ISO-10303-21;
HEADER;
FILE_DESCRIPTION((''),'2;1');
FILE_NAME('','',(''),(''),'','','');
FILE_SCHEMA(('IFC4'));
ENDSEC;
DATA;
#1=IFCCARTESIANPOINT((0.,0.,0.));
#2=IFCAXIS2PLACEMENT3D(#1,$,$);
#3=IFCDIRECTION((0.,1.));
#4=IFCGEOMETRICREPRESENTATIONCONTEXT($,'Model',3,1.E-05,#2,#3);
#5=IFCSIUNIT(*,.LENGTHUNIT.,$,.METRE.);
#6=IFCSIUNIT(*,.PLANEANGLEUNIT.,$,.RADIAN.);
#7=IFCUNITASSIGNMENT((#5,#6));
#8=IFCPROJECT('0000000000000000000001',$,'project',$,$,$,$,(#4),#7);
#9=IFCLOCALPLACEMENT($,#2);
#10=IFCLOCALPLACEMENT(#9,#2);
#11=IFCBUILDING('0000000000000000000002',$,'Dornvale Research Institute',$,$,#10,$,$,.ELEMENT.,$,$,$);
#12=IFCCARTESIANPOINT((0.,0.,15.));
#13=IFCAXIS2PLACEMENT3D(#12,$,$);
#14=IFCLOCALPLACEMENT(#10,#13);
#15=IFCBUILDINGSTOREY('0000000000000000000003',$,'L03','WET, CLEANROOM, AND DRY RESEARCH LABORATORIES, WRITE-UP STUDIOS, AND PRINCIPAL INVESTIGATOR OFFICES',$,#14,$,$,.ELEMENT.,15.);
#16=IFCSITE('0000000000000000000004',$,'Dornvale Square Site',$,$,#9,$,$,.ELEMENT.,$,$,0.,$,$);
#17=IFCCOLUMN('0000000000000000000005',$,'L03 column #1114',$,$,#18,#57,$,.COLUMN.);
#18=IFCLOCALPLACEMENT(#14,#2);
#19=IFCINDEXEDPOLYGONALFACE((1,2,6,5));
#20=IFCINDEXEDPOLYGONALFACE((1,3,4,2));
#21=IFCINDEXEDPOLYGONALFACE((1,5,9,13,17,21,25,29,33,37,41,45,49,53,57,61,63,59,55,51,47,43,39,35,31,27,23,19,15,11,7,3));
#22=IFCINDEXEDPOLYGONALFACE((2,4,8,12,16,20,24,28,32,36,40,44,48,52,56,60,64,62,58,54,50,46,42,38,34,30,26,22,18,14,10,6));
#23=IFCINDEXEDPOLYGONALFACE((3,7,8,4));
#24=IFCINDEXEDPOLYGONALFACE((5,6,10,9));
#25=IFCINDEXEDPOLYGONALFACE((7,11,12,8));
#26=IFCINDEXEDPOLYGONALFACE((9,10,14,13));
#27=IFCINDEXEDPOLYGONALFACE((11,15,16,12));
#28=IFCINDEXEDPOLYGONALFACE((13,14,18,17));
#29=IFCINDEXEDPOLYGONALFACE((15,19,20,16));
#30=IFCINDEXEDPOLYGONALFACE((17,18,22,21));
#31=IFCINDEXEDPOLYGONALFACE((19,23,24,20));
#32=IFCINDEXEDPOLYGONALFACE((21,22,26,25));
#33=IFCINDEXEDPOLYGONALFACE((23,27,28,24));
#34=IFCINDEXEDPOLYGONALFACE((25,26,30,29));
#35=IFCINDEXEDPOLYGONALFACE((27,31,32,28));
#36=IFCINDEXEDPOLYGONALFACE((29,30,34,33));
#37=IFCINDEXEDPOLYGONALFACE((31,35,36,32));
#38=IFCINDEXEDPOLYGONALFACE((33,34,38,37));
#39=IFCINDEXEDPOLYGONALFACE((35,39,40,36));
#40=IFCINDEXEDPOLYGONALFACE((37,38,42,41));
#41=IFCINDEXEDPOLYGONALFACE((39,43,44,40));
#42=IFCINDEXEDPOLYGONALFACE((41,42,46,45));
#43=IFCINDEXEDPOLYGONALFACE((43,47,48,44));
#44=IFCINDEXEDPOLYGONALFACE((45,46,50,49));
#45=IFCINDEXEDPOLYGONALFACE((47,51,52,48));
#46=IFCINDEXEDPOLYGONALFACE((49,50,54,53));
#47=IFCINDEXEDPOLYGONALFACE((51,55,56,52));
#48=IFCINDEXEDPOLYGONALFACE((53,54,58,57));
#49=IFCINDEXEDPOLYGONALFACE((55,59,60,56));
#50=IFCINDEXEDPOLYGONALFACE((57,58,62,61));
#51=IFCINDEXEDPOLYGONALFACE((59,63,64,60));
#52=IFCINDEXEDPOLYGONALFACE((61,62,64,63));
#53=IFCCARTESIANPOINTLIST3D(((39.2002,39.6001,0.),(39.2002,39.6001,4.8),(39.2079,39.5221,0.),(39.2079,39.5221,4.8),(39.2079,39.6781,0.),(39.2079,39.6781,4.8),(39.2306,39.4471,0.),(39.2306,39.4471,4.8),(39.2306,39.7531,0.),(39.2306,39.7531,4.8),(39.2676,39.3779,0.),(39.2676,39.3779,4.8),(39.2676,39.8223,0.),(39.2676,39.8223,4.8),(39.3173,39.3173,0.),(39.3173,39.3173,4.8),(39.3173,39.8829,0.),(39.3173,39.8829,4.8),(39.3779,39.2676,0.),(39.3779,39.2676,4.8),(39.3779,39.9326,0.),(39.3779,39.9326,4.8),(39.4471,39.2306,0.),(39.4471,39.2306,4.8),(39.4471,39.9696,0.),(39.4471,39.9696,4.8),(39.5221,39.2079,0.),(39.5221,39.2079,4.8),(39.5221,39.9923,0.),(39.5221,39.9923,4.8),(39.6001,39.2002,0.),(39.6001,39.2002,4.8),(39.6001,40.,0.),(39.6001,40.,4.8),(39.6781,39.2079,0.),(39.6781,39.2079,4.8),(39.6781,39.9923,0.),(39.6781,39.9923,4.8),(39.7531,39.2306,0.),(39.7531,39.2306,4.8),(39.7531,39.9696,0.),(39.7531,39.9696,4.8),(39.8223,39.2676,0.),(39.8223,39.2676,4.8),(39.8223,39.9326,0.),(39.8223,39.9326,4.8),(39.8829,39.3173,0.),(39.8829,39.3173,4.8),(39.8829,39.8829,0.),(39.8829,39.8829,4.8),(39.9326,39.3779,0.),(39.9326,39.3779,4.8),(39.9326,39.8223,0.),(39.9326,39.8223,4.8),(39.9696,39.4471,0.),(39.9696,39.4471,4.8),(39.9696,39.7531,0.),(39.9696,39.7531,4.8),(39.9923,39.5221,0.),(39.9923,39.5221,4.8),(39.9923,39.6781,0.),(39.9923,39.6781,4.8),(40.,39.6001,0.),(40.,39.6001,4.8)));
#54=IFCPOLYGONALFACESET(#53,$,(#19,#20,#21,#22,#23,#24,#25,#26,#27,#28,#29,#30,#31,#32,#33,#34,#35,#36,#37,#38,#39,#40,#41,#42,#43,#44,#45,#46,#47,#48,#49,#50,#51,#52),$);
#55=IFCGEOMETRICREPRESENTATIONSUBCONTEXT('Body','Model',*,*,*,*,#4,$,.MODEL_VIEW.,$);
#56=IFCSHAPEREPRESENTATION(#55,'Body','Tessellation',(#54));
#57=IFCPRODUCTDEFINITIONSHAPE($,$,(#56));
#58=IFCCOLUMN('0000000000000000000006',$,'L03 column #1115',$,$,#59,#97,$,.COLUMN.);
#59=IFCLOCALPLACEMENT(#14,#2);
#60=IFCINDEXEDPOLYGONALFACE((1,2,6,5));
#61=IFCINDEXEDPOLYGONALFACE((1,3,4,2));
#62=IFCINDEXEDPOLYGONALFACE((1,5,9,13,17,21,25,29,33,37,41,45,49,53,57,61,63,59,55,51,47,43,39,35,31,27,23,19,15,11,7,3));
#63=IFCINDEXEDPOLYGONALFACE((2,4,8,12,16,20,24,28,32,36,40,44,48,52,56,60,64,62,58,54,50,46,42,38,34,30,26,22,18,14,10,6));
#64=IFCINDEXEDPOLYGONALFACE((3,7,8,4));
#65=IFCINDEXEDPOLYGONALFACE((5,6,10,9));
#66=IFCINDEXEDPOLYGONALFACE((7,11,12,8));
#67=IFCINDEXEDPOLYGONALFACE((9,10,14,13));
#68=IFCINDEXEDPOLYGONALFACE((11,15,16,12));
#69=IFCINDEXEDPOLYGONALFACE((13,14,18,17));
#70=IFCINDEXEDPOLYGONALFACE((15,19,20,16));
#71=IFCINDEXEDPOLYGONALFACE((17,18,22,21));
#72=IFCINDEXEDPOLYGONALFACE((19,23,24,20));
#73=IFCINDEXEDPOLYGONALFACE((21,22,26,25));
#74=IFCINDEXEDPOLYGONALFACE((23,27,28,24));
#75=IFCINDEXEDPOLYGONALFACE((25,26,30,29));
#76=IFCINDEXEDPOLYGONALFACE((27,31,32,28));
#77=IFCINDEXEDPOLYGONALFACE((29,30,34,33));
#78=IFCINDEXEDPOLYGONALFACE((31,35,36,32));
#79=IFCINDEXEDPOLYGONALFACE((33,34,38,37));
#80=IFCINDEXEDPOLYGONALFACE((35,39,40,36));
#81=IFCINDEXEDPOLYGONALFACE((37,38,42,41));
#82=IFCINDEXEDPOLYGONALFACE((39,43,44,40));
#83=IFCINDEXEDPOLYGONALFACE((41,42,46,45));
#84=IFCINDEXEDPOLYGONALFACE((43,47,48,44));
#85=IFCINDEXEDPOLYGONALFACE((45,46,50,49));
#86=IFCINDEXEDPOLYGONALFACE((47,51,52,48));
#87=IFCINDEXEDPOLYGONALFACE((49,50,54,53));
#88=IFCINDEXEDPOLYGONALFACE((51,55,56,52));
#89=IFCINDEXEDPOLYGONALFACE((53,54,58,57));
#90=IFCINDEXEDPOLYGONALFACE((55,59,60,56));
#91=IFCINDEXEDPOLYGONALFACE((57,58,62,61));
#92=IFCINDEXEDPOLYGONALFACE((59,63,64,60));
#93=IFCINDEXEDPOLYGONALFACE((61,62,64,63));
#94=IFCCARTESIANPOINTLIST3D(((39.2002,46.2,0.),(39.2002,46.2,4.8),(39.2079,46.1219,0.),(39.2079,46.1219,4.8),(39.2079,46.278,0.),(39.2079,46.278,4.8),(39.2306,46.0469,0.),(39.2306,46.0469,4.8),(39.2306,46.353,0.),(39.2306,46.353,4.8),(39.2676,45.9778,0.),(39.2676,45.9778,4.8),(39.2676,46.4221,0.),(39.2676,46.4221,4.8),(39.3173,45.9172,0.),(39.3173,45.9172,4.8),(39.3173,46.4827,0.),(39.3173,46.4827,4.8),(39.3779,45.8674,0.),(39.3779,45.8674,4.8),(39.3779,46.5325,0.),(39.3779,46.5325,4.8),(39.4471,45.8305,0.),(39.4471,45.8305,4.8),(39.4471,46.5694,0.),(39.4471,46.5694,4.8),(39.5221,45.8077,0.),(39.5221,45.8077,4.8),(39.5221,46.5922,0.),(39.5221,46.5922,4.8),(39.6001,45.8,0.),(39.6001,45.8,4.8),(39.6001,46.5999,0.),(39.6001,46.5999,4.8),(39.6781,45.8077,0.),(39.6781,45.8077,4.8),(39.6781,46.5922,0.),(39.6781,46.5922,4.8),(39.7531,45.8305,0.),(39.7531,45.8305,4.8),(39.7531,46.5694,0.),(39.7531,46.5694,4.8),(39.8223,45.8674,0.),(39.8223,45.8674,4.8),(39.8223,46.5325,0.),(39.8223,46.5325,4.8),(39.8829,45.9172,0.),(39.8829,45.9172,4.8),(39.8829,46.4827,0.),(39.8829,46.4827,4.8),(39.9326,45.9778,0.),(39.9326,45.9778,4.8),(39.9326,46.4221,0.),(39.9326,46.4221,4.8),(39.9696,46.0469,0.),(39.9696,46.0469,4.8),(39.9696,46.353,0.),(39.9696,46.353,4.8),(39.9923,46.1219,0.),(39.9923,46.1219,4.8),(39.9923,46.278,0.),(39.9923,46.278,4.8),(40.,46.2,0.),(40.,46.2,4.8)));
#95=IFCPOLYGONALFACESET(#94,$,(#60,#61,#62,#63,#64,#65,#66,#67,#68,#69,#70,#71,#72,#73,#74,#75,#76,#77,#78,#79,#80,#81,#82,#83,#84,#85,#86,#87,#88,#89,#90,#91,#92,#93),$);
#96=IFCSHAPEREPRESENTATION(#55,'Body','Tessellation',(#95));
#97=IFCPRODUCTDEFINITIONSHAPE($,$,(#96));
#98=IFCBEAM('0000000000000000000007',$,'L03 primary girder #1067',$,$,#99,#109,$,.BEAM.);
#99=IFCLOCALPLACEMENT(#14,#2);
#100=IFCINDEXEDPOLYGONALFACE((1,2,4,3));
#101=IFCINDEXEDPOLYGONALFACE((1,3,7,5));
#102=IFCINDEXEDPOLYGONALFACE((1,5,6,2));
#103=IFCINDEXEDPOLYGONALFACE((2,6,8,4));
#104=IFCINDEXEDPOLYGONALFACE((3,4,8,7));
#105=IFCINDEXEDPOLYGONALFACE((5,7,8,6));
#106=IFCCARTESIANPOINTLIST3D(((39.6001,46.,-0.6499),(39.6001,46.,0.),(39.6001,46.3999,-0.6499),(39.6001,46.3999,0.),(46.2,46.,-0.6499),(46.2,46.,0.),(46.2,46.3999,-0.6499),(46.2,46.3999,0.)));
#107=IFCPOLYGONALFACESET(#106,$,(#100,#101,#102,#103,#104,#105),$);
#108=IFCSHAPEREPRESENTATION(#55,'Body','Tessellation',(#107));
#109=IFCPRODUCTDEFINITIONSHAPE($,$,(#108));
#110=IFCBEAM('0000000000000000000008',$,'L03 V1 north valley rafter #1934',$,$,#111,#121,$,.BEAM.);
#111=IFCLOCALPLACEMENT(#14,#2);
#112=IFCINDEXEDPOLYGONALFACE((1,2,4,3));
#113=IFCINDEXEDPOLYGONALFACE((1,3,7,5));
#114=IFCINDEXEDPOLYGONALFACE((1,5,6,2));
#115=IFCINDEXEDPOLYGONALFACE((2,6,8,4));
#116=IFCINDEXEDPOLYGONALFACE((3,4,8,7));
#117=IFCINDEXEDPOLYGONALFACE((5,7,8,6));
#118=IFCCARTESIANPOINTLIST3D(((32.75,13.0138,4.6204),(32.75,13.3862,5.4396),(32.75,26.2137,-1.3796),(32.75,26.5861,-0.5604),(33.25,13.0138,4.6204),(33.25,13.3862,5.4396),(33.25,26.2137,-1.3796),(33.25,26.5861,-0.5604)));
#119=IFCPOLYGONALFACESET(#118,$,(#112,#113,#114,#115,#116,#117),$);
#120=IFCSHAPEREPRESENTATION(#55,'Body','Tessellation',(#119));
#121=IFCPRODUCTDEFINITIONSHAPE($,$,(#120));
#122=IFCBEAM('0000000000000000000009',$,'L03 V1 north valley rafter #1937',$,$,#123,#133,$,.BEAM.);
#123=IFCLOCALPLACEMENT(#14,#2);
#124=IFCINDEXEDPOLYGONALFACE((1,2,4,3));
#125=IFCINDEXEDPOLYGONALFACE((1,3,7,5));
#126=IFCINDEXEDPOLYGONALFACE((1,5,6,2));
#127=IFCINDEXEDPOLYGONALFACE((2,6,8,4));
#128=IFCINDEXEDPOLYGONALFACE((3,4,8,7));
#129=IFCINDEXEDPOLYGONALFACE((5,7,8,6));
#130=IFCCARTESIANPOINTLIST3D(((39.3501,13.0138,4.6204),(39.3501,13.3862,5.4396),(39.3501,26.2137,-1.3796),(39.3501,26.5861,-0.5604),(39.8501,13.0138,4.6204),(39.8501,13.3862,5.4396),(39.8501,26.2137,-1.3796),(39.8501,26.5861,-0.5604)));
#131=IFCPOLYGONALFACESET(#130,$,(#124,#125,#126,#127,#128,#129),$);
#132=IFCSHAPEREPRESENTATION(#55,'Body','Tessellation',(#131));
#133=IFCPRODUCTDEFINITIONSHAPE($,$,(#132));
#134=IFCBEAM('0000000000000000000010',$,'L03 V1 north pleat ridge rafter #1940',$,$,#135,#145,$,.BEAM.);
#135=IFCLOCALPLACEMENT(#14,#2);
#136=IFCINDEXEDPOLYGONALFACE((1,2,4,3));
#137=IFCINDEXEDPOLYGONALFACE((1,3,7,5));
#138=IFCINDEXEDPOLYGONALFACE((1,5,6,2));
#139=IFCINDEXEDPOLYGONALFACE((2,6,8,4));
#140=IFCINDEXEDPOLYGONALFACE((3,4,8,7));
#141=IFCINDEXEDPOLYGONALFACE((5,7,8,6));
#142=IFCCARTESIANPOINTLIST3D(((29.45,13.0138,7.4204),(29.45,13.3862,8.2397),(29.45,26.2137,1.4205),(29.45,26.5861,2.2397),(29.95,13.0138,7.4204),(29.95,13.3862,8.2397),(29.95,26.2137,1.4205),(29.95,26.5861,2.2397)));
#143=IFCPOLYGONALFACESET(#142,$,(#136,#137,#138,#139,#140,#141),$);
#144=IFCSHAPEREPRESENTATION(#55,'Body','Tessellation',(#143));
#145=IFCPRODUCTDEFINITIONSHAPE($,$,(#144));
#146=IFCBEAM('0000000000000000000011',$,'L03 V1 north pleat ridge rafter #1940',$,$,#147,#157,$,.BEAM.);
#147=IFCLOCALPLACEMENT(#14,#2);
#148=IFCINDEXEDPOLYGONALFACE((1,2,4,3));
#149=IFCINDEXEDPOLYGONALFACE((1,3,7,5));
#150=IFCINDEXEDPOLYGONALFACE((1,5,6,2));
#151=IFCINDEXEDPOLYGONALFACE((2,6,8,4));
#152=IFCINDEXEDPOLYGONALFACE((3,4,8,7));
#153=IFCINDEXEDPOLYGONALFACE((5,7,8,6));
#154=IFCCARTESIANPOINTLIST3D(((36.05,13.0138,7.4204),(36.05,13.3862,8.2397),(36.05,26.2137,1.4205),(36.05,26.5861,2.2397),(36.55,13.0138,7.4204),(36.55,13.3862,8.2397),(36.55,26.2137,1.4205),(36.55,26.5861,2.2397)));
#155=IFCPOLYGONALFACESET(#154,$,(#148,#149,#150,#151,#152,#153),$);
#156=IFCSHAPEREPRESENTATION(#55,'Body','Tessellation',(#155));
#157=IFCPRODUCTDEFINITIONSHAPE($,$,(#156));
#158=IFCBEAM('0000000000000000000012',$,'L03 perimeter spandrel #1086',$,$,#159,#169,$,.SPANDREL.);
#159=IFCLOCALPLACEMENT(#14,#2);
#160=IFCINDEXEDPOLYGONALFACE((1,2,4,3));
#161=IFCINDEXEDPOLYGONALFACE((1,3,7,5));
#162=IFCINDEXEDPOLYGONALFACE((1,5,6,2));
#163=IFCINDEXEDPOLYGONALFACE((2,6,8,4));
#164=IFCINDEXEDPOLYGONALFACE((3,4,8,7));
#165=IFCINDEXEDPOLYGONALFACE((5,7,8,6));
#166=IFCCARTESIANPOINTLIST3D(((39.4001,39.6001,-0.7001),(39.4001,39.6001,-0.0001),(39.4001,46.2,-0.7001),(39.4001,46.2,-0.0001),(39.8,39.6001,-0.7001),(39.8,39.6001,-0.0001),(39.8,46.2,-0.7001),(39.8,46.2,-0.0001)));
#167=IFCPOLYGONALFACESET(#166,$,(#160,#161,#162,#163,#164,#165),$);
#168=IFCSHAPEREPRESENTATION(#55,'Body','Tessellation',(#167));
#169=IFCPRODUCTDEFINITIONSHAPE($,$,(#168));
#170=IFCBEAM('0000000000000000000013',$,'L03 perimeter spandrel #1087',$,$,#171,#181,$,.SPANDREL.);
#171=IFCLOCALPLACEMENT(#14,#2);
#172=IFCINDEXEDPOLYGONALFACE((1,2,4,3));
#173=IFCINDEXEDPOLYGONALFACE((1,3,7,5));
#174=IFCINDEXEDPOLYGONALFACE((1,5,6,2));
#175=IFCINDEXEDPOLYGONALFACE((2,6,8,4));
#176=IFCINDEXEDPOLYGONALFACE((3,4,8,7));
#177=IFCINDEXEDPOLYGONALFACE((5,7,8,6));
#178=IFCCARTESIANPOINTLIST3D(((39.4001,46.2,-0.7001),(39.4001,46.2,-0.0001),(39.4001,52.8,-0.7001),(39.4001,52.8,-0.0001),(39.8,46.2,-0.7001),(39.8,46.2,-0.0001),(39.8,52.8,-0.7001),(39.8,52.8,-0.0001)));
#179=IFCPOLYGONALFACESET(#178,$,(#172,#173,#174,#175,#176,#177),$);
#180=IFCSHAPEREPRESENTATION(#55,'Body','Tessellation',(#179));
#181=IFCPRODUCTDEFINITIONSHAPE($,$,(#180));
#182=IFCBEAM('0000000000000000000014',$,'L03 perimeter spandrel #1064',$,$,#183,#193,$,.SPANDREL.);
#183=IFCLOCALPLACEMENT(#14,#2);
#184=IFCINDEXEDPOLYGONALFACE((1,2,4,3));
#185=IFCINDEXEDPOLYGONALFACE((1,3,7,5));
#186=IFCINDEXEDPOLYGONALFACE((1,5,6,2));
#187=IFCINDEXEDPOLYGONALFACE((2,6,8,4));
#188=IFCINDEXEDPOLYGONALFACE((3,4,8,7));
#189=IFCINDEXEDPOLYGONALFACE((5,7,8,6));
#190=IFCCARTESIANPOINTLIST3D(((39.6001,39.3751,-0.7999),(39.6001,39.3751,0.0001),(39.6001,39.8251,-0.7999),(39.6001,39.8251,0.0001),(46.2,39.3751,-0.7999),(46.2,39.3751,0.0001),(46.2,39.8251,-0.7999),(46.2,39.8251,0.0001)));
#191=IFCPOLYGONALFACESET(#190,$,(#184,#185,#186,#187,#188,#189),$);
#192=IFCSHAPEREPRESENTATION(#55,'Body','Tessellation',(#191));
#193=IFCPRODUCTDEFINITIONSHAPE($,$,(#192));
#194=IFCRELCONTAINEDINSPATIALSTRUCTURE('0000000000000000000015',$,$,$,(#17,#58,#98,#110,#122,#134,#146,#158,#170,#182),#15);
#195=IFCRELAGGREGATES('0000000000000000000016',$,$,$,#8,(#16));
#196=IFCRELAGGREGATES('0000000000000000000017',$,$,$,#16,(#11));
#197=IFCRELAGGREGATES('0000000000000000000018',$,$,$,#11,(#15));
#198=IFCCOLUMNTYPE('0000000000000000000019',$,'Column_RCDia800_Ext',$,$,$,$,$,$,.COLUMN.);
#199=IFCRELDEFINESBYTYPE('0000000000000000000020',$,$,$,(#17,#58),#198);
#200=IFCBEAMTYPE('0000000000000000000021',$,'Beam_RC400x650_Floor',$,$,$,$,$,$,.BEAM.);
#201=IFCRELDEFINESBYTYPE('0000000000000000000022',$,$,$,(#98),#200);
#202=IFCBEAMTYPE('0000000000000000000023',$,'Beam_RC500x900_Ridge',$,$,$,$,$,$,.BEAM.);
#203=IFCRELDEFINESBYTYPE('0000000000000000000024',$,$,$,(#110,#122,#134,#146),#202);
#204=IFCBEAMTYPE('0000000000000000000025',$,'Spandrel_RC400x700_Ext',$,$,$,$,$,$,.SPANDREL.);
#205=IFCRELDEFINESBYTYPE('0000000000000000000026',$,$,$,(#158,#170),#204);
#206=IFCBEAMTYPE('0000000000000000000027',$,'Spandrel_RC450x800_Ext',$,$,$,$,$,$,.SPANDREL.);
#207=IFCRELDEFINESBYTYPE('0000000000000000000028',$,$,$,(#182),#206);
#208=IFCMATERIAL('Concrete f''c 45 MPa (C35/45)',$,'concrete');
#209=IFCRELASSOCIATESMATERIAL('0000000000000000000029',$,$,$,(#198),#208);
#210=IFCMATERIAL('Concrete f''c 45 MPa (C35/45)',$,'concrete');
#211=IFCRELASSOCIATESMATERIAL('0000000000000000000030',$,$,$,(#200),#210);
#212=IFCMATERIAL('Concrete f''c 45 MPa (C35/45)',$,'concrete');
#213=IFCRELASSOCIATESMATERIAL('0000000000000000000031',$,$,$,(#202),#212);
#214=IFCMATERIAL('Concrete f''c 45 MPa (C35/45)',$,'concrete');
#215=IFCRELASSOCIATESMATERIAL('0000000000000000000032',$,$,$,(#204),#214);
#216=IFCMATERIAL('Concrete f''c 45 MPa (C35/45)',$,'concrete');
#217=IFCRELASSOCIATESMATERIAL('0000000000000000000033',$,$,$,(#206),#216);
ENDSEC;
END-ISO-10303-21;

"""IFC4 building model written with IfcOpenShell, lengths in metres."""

from ifc_helpers import new_model, si_unit, direction, frame, origin, origin_2d, place, context, subcontext, project, spatial, rectangle, circle, extrude, material, material_profile, profile_set, type_object, element, save


model = new_model("IFC4")

# Units and contexts
model_context = context("Model", 3, precision=1e-05, world=origin(), true_north=direction((0.0, 1.0)))
body_context = subcontext(model_context, "Body", "Model", "MODEL_VIEW")
ifc_project = project(units=[si_unit("LENGTHUNIT", "METRE"), si_unit("PLANEANGLEUNIT", "RADIAN")], contexts=[model_context])

# Site, building, storey
site_placement = place(None, origin())
site = spatial("IfcSite", under=ifc_project, at=site_placement, Name="Dornvale Square Site", CompositionType="ELEMENT", RefElevation=0.0)
building_placement = place(site_placement, origin())
building = spatial("IfcBuilding", under=site, at=building_placement, Name="Dornvale Research Institute", CompositionType="ELEMENT")
storey_placement = place(building_placement, frame((0.0, 0.0, 15.0)))
storey = spatial("IfcBuildingStorey", under=building, at=storey_placement, Name="L03", Description="WET, CLEANROOM, AND DRY RESEARCH LABORATORIES, WRITE-UP STUDIOS, AND PRINCIPAL INVESTIGATOR OFFICES", CompositionType="ELEMENT", Elevation=15.0)

# Columns
ifc_material_1 = material(Name="Concrete f'c 45 MPa (C35/45)", Category="concrete")
ifc_material_profile_1 = material_profile(ifc_material_1, circle(Radius=0.3999, at=origin_2d()), Name="RC DIA 800")
ifc_profile_set_1 = profile_set([ifc_material_profile_1], Name="Concrete f'c 45 MPa (C35/45)")
column_type = type_object("IfcColumnType", Name="Column_RCDia800_Ext", PredefinedType="COLUMN", material=ifc_profile_set_1)
for number, where, z_axis, x_axis, name in (
    (1, (39.6001, 39.6001, 0.0), (0.0, 0.0, 1.0), (1.0, 0.0, 0.0), "L03 column #1114"),
    (2, (39.6001, 46.2, 0.0), (0.0, 0.0, 1.0), (1.0, 0.0, 0.0), "L03 column #1115"),
):
    element("IfcColumn", number, at=place(storey_placement, frame(where, z_axis=z_axis, x_axis=x_axis)), inside=storey, type_object=column_type, Name=name, PredefinedType="COLUMN", context=body_context, shape_type="SweptSolid", body=[
        extrude(circle(Radius=0.3999, at=origin_2d()), origin(), (0.0, 0.0, 1.0), 4.8),
    ])

# Beams
ifc_material_2 = material(Name="Concrete f'c 45 MPa (C35/45)", Category="concrete")
ifc_material_profile_2 = material_profile(ifc_material_2, rectangle(XDim=0.3999, YDim=0.6499, at=origin_2d()), Name="RC 400x650")
ifc_profile_set_2 = profile_set([ifc_material_profile_2], Name="Concrete f'c 45 MPa (C35/45)")
beam_type_1 = type_object("IfcBeamType", Name="Beam_RC400x650_Floor", PredefinedType="BEAM", material=ifc_profile_set_2)
beam_1_placement = place(storey_placement, frame((39.6001, 46.2, -0.325), z_axis=(1.0, 0.0, 0.0), x_axis=(0.0, 1.0, 0.0)))
element("IfcBeam", 3, at=beam_1_placement, inside=storey, type_object=beam_type_1, Name="L03 primary girder #1067", PredefinedType="BEAM", context=body_context, shape_type="SweptSolid", body=[
    extrude(rectangle(XDim=0.3999, YDim=0.6499, at=origin_2d()), origin(), (0.0, 0.0, 1.0), 6.5999),
])
ifc_material_3 = material(Name="Concrete f'c 45 MPa (C35/45)", Category="concrete")
ifc_material_profile_3 = material_profile(ifc_material_3, rectangle(XDim=0.5, YDim=0.8999, at=origin_2d()), Name="RC 500x900")
ifc_profile_set_3 = profile_set([ifc_material_profile_3], Name="Concrete f'c 45 MPa (C35/45)")
beam_type_2 = type_object("IfcBeamType", Name="Beam_RC500x900_Ridge", PredefinedType="BEAM", material=ifc_profile_set_3)
for number, where, z_axis, x_axis, name in (
    (4, (33.0, 26.3999, -0.97), (0.0, -0.910366, 0.413804), (1.0, 0.0, 0.0), "L03 V1 north valley rafter #1934"),
    (5, (39.6001, 26.3999, -0.97), (0.0, -0.910366, 0.413804), (1.0, 0.0, 0.0), "L03 V1 north valley rafter #1937"),
    (6, (29.7, 26.3999, 1.8301), (0.0, -0.910366, 0.413804), (1.0, 0.0, 0.0), "L03 V1 north pleat ridge rafter #1940"),
    (7, (36.3, 26.3999, 1.8301), (0.0, -0.910366, 0.413804), (1.0, 0.0, 0.0), "L03 V1 north pleat ridge rafter #1940"),
):
    element("IfcBeam", number, at=place(storey_placement, frame(where, z_axis=z_axis, x_axis=x_axis)), inside=storey, type_object=beam_type_2, Name=name, PredefinedType="BEAM", context=body_context, shape_type="SweptSolid", body=[
        extrude(rectangle(XDim=0.5, YDim=0.8999, at=origin_2d()), origin(), (0.0, 0.0, 1.0), 14.4995),
    ])
ifc_material_4 = material(Name="Concrete f'c 45 MPa (C35/45)", Category="concrete")
ifc_material_profile_4 = material_profile(ifc_material_4, rectangle(XDim=0.3999, YDim=0.7, at=origin_2d()), Name="RC 400x700")
ifc_profile_set_4 = profile_set([ifc_material_profile_4], Name="Concrete f'c 45 MPa (C35/45)")
beam_type_3 = type_object("IfcBeamType", Name="Spandrel_RC400x700_Ext", PredefinedType="SPANDREL", material=ifc_profile_set_4)
beam_2_placement = place(storey_placement, frame((39.6001, 39.6001, -0.3501), z_axis=(0.0, 1.0, 0.0), x_axis=(-1.0, 0.0, 0.0)))
element("IfcBeam", 8, at=beam_2_placement, inside=storey, type_object=beam_type_3, Name="L03 perimeter spandrel #1086", PredefinedType="SPANDREL", context=body_context, shape_type="SweptSolid", body=[
    extrude(rectangle(XDim=0.3999, YDim=0.7, at=origin_2d()), origin(), (0.0, 0.0, 1.0), 6.5999),
])
beam_3_placement = place(storey_placement, frame((39.6001, 46.2, -0.3501), z_axis=(0.0, 1.0, 0.0), x_axis=(-1.0, 0.0, 0.0)))
element("IfcBeam", 9, at=beam_3_placement, inside=storey, type_object=beam_type_3, Name="L03 perimeter spandrel #1087", PredefinedType="SPANDREL", context=body_context, shape_type="SweptSolid", body=[
    extrude(rectangle(XDim=0.3999, YDim=0.7, at=origin_2d()), origin(), (0.0, 0.0, 1.0), 6.6001),
])
ifc_material_5 = material(Name="Concrete f'c 45 MPa (C35/45)", Category="concrete")
ifc_material_profile_5 = material_profile(ifc_material_5, rectangle(XDim=0.45, YDim=0.8, at=origin_2d()), Name="RC 450x800")
ifc_profile_set_5 = profile_set([ifc_material_profile_5], Name="Concrete f'c 45 MPa (C35/45)")
beam_type_4 = type_object("IfcBeamType", Name="Spandrel_RC450x800_Ext", PredefinedType="SPANDREL", material=ifc_profile_set_5)
beam_4_placement = place(storey_placement, frame((39.6001, 39.6001, -0.3999), z_axis=(1.0, 0.0, 0.0), x_axis=(0.0, 1.0, 0.0)))
element("IfcBeam", 10, at=beam_4_placement, inside=storey, type_object=beam_type_4, Name="L03 perimeter spandrel #1064", PredefinedType="SPANDREL", context=body_context, shape_type="SweptSolid", body=[
    extrude(rectangle(XDim=0.45, YDim=0.8, at=origin_2d()), origin(), (0.0, 0.0, 1.0), 6.5999),
])

save(model, "model.ifc")
